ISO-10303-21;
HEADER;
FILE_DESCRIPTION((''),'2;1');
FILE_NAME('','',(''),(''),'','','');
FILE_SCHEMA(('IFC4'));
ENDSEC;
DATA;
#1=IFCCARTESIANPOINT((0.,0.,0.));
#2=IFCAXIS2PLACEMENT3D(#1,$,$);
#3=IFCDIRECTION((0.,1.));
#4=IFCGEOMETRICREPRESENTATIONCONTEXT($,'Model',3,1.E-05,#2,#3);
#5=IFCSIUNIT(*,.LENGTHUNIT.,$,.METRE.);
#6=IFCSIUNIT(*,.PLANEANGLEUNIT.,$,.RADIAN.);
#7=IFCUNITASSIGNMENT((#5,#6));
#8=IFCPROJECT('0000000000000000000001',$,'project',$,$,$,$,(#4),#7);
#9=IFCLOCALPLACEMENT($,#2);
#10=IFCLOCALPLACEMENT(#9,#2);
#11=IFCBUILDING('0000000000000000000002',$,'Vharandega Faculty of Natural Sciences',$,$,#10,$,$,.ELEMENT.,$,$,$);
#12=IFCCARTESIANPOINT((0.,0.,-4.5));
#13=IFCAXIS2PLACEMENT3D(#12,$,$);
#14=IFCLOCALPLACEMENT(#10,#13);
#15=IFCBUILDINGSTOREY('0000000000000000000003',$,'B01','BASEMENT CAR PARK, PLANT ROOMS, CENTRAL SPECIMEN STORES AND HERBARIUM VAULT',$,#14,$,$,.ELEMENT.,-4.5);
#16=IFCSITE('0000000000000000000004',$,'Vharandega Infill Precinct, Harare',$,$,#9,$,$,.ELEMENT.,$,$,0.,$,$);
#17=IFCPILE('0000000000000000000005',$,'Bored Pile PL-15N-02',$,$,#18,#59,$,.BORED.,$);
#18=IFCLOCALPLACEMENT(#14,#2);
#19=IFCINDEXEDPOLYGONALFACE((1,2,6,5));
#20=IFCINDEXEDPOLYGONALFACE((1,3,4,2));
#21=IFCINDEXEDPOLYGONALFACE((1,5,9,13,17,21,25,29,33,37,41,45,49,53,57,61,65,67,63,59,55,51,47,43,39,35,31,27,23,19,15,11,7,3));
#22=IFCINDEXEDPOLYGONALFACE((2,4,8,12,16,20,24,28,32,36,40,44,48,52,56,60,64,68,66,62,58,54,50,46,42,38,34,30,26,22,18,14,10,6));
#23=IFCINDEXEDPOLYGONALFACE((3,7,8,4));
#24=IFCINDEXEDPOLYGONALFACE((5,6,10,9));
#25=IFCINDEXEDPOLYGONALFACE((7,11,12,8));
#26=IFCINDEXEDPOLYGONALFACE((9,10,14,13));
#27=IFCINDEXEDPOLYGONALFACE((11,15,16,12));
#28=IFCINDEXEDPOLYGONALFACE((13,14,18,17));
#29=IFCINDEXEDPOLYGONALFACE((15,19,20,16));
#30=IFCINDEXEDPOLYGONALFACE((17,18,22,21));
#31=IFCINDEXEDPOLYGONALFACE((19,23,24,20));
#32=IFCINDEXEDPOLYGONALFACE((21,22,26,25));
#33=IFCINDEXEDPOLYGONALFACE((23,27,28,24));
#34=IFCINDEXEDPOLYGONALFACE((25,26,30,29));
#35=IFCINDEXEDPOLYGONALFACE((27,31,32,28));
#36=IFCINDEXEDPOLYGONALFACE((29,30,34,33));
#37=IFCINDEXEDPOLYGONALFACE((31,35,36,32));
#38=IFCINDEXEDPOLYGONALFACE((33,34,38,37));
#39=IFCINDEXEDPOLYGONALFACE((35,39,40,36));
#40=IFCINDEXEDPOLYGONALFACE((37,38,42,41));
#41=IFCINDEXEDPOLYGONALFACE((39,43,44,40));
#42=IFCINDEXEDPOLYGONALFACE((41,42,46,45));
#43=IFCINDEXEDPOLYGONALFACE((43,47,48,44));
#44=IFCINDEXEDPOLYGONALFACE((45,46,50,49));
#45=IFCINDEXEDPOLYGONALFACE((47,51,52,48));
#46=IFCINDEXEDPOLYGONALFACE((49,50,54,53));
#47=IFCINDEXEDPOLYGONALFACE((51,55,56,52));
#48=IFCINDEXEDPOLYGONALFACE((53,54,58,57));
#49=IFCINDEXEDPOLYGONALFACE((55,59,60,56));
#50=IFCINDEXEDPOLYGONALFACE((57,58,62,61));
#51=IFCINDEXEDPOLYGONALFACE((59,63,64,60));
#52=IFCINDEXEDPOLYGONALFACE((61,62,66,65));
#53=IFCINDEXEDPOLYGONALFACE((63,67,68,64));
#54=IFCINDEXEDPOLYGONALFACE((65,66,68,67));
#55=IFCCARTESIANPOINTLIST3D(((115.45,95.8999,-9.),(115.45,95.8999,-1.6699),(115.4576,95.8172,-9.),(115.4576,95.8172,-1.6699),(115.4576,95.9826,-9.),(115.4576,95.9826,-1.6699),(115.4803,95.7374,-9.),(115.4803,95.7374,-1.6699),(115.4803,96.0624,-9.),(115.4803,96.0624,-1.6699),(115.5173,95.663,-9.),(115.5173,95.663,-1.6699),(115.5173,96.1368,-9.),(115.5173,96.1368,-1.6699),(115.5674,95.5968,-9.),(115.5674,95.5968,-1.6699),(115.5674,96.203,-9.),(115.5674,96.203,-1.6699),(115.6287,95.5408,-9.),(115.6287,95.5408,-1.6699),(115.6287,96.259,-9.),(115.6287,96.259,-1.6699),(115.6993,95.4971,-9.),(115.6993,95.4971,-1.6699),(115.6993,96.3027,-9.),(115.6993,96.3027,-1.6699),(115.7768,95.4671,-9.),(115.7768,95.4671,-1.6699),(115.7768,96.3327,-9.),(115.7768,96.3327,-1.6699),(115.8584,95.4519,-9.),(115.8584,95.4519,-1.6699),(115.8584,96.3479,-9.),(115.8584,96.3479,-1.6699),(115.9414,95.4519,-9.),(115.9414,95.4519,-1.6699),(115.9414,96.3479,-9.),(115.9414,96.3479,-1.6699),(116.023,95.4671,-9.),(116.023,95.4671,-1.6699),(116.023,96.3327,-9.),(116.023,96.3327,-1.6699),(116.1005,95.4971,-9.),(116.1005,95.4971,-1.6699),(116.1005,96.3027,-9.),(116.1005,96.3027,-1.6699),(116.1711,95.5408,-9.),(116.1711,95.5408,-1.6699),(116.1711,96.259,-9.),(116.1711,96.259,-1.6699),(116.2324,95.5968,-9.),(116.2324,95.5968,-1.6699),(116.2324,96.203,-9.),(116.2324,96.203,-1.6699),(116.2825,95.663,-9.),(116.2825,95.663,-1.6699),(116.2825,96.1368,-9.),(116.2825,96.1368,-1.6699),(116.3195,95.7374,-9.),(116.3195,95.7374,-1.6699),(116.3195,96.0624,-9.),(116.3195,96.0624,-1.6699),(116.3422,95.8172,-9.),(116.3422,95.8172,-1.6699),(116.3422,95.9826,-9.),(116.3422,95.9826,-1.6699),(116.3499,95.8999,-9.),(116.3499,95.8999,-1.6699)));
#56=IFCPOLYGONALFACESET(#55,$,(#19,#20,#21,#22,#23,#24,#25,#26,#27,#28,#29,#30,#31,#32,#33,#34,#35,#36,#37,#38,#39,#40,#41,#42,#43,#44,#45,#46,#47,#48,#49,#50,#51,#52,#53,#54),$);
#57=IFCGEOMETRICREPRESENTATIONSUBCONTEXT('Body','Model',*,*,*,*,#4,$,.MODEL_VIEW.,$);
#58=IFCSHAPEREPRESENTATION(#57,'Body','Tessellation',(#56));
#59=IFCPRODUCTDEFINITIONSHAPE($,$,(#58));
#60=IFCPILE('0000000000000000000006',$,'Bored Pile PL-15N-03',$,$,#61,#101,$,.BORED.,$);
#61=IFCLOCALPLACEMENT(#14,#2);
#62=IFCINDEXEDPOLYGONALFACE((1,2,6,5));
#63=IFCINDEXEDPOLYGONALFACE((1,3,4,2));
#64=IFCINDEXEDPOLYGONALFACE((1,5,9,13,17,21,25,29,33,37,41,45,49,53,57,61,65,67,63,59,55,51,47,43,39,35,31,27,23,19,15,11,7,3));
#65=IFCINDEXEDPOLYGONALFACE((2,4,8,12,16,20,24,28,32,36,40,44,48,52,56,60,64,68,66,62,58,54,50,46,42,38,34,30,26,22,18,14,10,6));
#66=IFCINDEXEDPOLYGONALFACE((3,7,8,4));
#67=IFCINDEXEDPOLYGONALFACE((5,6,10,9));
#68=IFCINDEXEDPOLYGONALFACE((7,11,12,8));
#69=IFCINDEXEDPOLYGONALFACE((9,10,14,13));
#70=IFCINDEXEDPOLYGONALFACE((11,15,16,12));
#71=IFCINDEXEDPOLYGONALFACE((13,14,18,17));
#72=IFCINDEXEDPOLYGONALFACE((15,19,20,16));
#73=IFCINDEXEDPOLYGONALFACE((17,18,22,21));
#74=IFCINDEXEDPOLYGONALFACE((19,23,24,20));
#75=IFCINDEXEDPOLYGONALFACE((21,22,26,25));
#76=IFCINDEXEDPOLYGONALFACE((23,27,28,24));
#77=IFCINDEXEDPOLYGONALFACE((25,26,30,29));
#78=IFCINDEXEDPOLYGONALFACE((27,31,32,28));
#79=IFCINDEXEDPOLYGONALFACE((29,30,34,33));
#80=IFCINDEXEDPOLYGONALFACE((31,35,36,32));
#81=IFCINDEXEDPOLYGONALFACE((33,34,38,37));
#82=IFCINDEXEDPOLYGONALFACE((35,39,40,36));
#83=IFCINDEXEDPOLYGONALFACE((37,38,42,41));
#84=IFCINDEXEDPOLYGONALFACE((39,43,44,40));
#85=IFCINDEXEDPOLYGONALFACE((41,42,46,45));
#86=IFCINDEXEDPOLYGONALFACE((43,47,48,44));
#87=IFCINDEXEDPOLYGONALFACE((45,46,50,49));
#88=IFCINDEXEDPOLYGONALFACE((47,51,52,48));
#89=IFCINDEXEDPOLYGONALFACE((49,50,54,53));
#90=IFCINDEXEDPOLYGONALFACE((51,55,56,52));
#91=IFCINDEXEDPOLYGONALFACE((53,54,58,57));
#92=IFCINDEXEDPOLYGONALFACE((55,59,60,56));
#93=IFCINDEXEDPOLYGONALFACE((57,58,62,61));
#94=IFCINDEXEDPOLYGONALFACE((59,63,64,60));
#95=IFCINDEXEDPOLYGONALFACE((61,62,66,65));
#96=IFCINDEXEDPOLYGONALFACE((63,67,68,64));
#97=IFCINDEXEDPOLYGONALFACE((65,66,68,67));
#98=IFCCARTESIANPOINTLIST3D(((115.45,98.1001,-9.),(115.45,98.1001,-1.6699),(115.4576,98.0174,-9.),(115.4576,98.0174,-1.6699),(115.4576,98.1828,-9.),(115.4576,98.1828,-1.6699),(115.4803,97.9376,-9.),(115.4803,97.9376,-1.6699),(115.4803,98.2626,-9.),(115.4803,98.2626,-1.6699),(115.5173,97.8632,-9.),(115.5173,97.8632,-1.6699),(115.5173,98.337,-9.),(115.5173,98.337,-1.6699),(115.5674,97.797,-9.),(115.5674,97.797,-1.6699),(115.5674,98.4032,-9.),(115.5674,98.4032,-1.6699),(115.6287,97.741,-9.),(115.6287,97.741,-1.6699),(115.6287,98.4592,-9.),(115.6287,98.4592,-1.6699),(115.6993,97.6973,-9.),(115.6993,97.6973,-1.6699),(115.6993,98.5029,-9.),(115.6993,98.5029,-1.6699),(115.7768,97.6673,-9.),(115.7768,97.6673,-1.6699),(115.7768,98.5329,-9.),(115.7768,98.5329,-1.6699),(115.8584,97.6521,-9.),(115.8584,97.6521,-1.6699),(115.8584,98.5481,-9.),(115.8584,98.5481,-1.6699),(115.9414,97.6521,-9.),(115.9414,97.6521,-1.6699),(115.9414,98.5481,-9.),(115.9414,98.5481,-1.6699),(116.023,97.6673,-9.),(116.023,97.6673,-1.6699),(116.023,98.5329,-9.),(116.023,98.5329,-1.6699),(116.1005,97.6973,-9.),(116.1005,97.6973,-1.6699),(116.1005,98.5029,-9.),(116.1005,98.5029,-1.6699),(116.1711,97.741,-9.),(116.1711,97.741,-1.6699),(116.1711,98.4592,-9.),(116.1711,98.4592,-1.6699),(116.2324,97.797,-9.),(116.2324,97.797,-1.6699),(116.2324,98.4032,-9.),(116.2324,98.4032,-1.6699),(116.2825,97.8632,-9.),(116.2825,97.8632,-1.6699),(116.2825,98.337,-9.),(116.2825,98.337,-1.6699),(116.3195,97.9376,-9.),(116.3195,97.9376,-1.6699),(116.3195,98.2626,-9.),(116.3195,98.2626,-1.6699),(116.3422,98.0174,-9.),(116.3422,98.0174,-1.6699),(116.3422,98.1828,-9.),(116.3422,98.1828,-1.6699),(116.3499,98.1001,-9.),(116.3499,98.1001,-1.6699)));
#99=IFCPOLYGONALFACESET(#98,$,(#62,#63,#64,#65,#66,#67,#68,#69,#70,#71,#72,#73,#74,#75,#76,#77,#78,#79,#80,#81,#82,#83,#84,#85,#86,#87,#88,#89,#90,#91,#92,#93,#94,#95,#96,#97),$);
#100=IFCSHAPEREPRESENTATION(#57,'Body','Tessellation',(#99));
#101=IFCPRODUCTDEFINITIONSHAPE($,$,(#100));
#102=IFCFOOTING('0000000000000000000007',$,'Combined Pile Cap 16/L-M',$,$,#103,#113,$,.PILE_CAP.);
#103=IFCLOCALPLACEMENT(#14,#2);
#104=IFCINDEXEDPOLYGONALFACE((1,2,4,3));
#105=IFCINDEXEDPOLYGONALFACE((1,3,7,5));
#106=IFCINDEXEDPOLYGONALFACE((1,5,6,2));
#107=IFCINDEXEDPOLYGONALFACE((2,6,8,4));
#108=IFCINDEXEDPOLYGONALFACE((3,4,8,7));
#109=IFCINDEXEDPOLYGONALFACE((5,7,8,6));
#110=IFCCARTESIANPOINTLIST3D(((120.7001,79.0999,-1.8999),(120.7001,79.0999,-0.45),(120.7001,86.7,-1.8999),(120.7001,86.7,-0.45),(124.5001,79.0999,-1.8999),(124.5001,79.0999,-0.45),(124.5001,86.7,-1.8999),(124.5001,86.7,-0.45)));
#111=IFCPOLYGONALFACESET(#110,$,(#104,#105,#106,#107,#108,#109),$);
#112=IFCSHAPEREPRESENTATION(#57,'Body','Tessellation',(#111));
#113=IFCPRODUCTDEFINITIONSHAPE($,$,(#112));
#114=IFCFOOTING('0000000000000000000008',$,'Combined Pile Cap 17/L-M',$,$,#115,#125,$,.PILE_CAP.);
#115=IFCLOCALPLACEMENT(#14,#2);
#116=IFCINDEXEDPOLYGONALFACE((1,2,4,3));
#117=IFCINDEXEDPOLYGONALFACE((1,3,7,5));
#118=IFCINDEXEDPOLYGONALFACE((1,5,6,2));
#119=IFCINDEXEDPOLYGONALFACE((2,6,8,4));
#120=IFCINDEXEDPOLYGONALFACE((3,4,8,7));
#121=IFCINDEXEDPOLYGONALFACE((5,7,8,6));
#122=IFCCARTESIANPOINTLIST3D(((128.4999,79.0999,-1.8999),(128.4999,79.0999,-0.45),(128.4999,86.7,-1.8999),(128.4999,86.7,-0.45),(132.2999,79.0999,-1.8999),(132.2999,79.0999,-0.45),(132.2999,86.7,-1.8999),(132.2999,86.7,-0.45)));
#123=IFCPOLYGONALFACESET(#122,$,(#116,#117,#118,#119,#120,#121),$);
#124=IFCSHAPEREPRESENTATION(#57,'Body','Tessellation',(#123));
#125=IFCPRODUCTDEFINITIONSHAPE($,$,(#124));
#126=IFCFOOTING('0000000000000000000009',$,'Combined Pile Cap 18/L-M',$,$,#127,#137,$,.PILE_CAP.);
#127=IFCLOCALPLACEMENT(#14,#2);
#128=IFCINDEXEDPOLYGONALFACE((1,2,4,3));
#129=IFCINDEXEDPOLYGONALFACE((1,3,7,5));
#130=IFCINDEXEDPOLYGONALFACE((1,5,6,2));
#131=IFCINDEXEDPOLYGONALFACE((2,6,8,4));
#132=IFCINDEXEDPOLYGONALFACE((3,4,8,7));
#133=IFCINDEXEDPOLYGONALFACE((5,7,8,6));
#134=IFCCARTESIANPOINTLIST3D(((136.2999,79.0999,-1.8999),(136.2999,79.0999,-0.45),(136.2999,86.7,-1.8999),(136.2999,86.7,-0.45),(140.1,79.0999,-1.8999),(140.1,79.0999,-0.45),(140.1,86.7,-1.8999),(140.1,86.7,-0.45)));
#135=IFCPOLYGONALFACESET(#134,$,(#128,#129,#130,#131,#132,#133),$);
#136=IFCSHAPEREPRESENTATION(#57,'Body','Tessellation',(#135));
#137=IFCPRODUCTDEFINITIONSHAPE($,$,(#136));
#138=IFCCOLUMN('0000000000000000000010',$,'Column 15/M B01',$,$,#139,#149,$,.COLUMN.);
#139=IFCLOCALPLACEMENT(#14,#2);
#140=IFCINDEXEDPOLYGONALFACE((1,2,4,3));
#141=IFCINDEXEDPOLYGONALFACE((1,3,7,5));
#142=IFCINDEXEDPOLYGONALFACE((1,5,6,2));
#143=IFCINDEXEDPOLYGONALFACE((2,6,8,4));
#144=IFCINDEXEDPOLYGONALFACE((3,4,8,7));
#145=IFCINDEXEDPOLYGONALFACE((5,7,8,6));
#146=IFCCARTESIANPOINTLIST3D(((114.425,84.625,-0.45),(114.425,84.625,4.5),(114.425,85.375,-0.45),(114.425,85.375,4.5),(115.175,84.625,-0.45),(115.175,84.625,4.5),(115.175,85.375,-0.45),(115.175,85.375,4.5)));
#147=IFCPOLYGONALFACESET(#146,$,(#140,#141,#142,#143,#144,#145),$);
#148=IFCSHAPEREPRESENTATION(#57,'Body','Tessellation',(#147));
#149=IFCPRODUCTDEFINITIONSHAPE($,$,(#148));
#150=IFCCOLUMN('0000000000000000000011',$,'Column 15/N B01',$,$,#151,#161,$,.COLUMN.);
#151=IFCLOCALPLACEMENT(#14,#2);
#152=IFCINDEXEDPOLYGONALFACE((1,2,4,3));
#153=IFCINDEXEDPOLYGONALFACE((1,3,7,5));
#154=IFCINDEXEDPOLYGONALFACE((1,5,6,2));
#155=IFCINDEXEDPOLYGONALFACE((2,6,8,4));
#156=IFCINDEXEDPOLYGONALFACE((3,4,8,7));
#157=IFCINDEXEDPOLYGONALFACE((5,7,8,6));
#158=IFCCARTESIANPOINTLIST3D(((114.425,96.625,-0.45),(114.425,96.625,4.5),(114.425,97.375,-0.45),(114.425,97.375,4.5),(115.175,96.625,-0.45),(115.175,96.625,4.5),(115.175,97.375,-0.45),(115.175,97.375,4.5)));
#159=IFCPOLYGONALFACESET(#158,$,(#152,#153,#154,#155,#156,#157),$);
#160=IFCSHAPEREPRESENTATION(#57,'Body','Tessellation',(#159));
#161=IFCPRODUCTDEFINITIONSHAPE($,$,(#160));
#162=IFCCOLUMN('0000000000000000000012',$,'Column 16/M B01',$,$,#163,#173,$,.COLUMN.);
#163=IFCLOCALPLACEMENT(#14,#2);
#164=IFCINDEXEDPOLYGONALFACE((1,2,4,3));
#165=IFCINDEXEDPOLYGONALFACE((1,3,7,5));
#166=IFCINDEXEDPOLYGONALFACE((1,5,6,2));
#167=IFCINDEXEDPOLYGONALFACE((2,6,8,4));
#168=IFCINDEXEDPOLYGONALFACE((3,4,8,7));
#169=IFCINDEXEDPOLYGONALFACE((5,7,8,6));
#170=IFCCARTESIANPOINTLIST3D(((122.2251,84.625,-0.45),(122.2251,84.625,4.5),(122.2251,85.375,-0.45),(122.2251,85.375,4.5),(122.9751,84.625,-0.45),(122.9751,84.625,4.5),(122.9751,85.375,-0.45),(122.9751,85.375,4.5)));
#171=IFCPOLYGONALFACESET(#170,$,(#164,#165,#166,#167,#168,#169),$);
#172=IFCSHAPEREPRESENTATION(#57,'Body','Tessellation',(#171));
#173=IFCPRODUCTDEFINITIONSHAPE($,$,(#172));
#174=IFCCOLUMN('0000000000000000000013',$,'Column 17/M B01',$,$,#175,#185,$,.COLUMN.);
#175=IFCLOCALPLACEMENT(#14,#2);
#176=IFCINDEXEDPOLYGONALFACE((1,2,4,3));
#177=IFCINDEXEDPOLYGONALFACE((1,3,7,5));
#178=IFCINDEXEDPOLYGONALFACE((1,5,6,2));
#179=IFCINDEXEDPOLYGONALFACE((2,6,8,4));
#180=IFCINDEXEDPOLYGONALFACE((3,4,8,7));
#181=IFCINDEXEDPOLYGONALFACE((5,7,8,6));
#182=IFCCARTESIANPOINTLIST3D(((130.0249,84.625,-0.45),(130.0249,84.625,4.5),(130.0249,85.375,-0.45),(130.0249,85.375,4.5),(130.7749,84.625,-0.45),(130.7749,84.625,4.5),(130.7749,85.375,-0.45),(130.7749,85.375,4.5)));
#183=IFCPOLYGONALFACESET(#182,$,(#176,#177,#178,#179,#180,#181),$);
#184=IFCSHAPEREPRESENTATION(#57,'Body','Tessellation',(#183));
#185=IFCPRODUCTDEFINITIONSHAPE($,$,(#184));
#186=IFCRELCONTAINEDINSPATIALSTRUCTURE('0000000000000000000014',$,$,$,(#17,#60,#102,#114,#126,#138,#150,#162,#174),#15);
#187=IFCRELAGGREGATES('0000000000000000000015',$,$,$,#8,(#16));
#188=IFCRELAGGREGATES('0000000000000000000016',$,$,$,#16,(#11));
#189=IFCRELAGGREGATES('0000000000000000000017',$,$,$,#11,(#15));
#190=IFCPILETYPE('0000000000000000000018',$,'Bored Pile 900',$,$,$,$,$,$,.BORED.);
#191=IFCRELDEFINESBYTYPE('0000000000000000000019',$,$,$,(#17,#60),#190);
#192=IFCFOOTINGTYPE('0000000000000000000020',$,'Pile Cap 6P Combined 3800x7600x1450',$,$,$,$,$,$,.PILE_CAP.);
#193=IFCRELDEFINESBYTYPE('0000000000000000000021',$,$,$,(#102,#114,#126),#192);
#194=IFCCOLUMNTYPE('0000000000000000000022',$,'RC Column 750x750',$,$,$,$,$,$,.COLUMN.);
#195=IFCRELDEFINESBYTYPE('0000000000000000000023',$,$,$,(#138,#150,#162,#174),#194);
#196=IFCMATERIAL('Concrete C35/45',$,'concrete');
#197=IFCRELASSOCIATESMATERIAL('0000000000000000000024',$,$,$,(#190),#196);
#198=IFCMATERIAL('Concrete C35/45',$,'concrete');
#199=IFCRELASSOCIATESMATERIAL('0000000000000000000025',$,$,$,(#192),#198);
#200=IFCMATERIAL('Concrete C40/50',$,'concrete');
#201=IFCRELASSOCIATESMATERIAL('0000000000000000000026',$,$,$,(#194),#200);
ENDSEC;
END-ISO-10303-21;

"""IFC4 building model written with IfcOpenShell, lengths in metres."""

from ifc_helpers import new_model, si_unit, direction, frame, origin, origin_2d, place, context, subcontext, project, spatial, rectangle, circle, extrude, material, material_profile, profile_set, type_object, element, save


model = new_model("IFC4")

# Units and contexts
model_context = context("Model", 3, precision=1e-05, world=origin(), true_north=direction((0.0, 1.0)))
body_context = subcontext(model_context, "Body", "Model", "MODEL_VIEW")
ifc_project = project(units=[si_unit("LENGTHUNIT", "METRE"), si_unit("PLANEANGLEUNIT", "RADIAN")], contexts=[model_context])

# Site, building, storey
site_placement = place(None, origin())
site = spatial("IfcSite", under=ifc_project, at=site_placement, Name="Vharandega Infill Precinct, Harare", CompositionType="ELEMENT", RefElevation=0.0)
building_placement = place(site_placement, origin())
building = spatial("IfcBuilding", under=site, at=building_placement, Name="Vharandega Faculty of Natural Sciences", CompositionType="ELEMENT")
storey_placement = place(building_placement, frame((0.0, 0.0, -4.5)))
storey = spatial("IfcBuildingStorey", under=building, at=storey_placement, Name="B01", Description="BASEMENT CAR PARK, PLANT ROOMS, CENTRAL SPECIMEN STORES AND HERBARIUM VAULT", CompositionType="ELEMENT", Elevation=-4.5)

# Piles
ifc_material_1 = material(Name="Concrete C35/45", Category="concrete")
ifc_material_profile_1 = material_profile(ifc_material_1, circle(Radius=0.45, at=origin_2d()), Name="PILE 900")
ifc_profile_set_1 = profile_set([ifc_material_profile_1], Name="Concrete C35/45")
pile_type = type_object("IfcPileType", Name="Bored Pile 900", PredefinedType="BORED", material=ifc_profile_set_1)
for number, where, z_axis, x_axis, name in (
    (1, (115.8999, 95.8999, -1.6699), (0.0, 0.0, -1.0), (1.0, 0.0, 0.0), "Bored Pile PL-15N-02"),
    (2, (115.8999, 98.1001, -1.6699), (0.0, 0.0, -1.0), (1.0, 0.0, 0.0), "Bored Pile PL-15N-03"),
):
    element("IfcPile", number, at=place(storey_placement, frame(where, z_axis=z_axis, x_axis=x_axis)), inside=storey, type_object=pile_type, Name=name, PredefinedType="BORED", context=body_context, shape_type="SweptSolid", body=[
        extrude(circle(Radius=0.45, at=origin_2d()), origin(), (0.0, 0.0, 1.0), 7.3301),
    ])

# Footings
ifc_material_2 = material(Name="Concrete C35/45", Category="concrete")
footing_type = type_object("IfcFootingType", Name="Pile Cap 6P Combined 3800x7600x1450", PredefinedType="PILE_CAP", material=ifc_material_2)
for number, where, z_axis, x_axis, name in (
    (3, (122.6001, 82.8999, -1.8999), (0.0, 0.0, 1.0), (1.0, 0.0, 0.0), "Combined Pile Cap 16/L-M"),
    (4, (130.3999, 82.8999, -1.8999), (0.0, 0.0, 1.0), (1.0, 0.0, 0.0), "Combined Pile Cap 17/L-M"),
    (5, (138.2, 82.8999, -1.8999), (0.0, 0.0, 1.0), (1.0, 0.0, 0.0), "Combined Pile Cap 18/L-M"),
):
    element("IfcFooting", number, at=place(storey_placement, frame(where, z_axis=z_axis, x_axis=x_axis)), inside=storey, type_object=footing_type, Name=name, PredefinedType="PILE_CAP", context=body_context, shape_type="SweptSolid", body=[
        extrude(rectangle(XDim=3.8, YDim=7.6001, at=origin_2d()), origin(), (0.0, 0.0, 1.0), 1.45),
    ])

# Columns
ifc_material_3 = material(Name="Concrete C40/50", Category="concrete")
ifc_material_profile_2 = material_profile(ifc_material_3, rectangle(XDim=0.75, YDim=0.75, at=origin_2d()), Name="RC 750x750")
ifc_profile_set_2 = profile_set([ifc_material_profile_2], Name="Concrete C40/50")
column_type = type_object("IfcColumnType", Name="RC Column 750x750", PredefinedType="COLUMN", material=ifc_profile_set_2)
for number, where, z_axis, x_axis, name in (
    (6, (114.8, 85.0, -0.45), (0.0, 0.0, 1.0), (1.0, 0.0, 0.0), "Column 15/M B01"),
    (7, (114.8, 97.0, -0.45), (0.0, 0.0, 1.0), (1.0, 0.0, 0.0), "Column 15/N B01"),
    (8, (122.6001, 85.0, -0.45), (0.0, 0.0, 1.0), (1.0, 0.0, 0.0), "Column 16/M B01"),
    (9, (130.3999, 85.0, -0.45), (0.0, 0.0, 1.0), (1.0, 0.0, 0.0), "Column 17/M B01"),
):
    element("IfcColumn", number, at=place(storey_placement, frame(where, z_axis=z_axis, x_axis=x_axis)), inside=storey, type_object=column_type, Name=name, PredefinedType="COLUMN", context=body_context, shape_type="SweptSolid", body=[
        extrude(rectangle(XDim=0.75, YDim=0.75, at=origin_2d()), origin(), (0.0, 0.0, 1.0), 4.95),
    ])

save(model, "model.ifc")
